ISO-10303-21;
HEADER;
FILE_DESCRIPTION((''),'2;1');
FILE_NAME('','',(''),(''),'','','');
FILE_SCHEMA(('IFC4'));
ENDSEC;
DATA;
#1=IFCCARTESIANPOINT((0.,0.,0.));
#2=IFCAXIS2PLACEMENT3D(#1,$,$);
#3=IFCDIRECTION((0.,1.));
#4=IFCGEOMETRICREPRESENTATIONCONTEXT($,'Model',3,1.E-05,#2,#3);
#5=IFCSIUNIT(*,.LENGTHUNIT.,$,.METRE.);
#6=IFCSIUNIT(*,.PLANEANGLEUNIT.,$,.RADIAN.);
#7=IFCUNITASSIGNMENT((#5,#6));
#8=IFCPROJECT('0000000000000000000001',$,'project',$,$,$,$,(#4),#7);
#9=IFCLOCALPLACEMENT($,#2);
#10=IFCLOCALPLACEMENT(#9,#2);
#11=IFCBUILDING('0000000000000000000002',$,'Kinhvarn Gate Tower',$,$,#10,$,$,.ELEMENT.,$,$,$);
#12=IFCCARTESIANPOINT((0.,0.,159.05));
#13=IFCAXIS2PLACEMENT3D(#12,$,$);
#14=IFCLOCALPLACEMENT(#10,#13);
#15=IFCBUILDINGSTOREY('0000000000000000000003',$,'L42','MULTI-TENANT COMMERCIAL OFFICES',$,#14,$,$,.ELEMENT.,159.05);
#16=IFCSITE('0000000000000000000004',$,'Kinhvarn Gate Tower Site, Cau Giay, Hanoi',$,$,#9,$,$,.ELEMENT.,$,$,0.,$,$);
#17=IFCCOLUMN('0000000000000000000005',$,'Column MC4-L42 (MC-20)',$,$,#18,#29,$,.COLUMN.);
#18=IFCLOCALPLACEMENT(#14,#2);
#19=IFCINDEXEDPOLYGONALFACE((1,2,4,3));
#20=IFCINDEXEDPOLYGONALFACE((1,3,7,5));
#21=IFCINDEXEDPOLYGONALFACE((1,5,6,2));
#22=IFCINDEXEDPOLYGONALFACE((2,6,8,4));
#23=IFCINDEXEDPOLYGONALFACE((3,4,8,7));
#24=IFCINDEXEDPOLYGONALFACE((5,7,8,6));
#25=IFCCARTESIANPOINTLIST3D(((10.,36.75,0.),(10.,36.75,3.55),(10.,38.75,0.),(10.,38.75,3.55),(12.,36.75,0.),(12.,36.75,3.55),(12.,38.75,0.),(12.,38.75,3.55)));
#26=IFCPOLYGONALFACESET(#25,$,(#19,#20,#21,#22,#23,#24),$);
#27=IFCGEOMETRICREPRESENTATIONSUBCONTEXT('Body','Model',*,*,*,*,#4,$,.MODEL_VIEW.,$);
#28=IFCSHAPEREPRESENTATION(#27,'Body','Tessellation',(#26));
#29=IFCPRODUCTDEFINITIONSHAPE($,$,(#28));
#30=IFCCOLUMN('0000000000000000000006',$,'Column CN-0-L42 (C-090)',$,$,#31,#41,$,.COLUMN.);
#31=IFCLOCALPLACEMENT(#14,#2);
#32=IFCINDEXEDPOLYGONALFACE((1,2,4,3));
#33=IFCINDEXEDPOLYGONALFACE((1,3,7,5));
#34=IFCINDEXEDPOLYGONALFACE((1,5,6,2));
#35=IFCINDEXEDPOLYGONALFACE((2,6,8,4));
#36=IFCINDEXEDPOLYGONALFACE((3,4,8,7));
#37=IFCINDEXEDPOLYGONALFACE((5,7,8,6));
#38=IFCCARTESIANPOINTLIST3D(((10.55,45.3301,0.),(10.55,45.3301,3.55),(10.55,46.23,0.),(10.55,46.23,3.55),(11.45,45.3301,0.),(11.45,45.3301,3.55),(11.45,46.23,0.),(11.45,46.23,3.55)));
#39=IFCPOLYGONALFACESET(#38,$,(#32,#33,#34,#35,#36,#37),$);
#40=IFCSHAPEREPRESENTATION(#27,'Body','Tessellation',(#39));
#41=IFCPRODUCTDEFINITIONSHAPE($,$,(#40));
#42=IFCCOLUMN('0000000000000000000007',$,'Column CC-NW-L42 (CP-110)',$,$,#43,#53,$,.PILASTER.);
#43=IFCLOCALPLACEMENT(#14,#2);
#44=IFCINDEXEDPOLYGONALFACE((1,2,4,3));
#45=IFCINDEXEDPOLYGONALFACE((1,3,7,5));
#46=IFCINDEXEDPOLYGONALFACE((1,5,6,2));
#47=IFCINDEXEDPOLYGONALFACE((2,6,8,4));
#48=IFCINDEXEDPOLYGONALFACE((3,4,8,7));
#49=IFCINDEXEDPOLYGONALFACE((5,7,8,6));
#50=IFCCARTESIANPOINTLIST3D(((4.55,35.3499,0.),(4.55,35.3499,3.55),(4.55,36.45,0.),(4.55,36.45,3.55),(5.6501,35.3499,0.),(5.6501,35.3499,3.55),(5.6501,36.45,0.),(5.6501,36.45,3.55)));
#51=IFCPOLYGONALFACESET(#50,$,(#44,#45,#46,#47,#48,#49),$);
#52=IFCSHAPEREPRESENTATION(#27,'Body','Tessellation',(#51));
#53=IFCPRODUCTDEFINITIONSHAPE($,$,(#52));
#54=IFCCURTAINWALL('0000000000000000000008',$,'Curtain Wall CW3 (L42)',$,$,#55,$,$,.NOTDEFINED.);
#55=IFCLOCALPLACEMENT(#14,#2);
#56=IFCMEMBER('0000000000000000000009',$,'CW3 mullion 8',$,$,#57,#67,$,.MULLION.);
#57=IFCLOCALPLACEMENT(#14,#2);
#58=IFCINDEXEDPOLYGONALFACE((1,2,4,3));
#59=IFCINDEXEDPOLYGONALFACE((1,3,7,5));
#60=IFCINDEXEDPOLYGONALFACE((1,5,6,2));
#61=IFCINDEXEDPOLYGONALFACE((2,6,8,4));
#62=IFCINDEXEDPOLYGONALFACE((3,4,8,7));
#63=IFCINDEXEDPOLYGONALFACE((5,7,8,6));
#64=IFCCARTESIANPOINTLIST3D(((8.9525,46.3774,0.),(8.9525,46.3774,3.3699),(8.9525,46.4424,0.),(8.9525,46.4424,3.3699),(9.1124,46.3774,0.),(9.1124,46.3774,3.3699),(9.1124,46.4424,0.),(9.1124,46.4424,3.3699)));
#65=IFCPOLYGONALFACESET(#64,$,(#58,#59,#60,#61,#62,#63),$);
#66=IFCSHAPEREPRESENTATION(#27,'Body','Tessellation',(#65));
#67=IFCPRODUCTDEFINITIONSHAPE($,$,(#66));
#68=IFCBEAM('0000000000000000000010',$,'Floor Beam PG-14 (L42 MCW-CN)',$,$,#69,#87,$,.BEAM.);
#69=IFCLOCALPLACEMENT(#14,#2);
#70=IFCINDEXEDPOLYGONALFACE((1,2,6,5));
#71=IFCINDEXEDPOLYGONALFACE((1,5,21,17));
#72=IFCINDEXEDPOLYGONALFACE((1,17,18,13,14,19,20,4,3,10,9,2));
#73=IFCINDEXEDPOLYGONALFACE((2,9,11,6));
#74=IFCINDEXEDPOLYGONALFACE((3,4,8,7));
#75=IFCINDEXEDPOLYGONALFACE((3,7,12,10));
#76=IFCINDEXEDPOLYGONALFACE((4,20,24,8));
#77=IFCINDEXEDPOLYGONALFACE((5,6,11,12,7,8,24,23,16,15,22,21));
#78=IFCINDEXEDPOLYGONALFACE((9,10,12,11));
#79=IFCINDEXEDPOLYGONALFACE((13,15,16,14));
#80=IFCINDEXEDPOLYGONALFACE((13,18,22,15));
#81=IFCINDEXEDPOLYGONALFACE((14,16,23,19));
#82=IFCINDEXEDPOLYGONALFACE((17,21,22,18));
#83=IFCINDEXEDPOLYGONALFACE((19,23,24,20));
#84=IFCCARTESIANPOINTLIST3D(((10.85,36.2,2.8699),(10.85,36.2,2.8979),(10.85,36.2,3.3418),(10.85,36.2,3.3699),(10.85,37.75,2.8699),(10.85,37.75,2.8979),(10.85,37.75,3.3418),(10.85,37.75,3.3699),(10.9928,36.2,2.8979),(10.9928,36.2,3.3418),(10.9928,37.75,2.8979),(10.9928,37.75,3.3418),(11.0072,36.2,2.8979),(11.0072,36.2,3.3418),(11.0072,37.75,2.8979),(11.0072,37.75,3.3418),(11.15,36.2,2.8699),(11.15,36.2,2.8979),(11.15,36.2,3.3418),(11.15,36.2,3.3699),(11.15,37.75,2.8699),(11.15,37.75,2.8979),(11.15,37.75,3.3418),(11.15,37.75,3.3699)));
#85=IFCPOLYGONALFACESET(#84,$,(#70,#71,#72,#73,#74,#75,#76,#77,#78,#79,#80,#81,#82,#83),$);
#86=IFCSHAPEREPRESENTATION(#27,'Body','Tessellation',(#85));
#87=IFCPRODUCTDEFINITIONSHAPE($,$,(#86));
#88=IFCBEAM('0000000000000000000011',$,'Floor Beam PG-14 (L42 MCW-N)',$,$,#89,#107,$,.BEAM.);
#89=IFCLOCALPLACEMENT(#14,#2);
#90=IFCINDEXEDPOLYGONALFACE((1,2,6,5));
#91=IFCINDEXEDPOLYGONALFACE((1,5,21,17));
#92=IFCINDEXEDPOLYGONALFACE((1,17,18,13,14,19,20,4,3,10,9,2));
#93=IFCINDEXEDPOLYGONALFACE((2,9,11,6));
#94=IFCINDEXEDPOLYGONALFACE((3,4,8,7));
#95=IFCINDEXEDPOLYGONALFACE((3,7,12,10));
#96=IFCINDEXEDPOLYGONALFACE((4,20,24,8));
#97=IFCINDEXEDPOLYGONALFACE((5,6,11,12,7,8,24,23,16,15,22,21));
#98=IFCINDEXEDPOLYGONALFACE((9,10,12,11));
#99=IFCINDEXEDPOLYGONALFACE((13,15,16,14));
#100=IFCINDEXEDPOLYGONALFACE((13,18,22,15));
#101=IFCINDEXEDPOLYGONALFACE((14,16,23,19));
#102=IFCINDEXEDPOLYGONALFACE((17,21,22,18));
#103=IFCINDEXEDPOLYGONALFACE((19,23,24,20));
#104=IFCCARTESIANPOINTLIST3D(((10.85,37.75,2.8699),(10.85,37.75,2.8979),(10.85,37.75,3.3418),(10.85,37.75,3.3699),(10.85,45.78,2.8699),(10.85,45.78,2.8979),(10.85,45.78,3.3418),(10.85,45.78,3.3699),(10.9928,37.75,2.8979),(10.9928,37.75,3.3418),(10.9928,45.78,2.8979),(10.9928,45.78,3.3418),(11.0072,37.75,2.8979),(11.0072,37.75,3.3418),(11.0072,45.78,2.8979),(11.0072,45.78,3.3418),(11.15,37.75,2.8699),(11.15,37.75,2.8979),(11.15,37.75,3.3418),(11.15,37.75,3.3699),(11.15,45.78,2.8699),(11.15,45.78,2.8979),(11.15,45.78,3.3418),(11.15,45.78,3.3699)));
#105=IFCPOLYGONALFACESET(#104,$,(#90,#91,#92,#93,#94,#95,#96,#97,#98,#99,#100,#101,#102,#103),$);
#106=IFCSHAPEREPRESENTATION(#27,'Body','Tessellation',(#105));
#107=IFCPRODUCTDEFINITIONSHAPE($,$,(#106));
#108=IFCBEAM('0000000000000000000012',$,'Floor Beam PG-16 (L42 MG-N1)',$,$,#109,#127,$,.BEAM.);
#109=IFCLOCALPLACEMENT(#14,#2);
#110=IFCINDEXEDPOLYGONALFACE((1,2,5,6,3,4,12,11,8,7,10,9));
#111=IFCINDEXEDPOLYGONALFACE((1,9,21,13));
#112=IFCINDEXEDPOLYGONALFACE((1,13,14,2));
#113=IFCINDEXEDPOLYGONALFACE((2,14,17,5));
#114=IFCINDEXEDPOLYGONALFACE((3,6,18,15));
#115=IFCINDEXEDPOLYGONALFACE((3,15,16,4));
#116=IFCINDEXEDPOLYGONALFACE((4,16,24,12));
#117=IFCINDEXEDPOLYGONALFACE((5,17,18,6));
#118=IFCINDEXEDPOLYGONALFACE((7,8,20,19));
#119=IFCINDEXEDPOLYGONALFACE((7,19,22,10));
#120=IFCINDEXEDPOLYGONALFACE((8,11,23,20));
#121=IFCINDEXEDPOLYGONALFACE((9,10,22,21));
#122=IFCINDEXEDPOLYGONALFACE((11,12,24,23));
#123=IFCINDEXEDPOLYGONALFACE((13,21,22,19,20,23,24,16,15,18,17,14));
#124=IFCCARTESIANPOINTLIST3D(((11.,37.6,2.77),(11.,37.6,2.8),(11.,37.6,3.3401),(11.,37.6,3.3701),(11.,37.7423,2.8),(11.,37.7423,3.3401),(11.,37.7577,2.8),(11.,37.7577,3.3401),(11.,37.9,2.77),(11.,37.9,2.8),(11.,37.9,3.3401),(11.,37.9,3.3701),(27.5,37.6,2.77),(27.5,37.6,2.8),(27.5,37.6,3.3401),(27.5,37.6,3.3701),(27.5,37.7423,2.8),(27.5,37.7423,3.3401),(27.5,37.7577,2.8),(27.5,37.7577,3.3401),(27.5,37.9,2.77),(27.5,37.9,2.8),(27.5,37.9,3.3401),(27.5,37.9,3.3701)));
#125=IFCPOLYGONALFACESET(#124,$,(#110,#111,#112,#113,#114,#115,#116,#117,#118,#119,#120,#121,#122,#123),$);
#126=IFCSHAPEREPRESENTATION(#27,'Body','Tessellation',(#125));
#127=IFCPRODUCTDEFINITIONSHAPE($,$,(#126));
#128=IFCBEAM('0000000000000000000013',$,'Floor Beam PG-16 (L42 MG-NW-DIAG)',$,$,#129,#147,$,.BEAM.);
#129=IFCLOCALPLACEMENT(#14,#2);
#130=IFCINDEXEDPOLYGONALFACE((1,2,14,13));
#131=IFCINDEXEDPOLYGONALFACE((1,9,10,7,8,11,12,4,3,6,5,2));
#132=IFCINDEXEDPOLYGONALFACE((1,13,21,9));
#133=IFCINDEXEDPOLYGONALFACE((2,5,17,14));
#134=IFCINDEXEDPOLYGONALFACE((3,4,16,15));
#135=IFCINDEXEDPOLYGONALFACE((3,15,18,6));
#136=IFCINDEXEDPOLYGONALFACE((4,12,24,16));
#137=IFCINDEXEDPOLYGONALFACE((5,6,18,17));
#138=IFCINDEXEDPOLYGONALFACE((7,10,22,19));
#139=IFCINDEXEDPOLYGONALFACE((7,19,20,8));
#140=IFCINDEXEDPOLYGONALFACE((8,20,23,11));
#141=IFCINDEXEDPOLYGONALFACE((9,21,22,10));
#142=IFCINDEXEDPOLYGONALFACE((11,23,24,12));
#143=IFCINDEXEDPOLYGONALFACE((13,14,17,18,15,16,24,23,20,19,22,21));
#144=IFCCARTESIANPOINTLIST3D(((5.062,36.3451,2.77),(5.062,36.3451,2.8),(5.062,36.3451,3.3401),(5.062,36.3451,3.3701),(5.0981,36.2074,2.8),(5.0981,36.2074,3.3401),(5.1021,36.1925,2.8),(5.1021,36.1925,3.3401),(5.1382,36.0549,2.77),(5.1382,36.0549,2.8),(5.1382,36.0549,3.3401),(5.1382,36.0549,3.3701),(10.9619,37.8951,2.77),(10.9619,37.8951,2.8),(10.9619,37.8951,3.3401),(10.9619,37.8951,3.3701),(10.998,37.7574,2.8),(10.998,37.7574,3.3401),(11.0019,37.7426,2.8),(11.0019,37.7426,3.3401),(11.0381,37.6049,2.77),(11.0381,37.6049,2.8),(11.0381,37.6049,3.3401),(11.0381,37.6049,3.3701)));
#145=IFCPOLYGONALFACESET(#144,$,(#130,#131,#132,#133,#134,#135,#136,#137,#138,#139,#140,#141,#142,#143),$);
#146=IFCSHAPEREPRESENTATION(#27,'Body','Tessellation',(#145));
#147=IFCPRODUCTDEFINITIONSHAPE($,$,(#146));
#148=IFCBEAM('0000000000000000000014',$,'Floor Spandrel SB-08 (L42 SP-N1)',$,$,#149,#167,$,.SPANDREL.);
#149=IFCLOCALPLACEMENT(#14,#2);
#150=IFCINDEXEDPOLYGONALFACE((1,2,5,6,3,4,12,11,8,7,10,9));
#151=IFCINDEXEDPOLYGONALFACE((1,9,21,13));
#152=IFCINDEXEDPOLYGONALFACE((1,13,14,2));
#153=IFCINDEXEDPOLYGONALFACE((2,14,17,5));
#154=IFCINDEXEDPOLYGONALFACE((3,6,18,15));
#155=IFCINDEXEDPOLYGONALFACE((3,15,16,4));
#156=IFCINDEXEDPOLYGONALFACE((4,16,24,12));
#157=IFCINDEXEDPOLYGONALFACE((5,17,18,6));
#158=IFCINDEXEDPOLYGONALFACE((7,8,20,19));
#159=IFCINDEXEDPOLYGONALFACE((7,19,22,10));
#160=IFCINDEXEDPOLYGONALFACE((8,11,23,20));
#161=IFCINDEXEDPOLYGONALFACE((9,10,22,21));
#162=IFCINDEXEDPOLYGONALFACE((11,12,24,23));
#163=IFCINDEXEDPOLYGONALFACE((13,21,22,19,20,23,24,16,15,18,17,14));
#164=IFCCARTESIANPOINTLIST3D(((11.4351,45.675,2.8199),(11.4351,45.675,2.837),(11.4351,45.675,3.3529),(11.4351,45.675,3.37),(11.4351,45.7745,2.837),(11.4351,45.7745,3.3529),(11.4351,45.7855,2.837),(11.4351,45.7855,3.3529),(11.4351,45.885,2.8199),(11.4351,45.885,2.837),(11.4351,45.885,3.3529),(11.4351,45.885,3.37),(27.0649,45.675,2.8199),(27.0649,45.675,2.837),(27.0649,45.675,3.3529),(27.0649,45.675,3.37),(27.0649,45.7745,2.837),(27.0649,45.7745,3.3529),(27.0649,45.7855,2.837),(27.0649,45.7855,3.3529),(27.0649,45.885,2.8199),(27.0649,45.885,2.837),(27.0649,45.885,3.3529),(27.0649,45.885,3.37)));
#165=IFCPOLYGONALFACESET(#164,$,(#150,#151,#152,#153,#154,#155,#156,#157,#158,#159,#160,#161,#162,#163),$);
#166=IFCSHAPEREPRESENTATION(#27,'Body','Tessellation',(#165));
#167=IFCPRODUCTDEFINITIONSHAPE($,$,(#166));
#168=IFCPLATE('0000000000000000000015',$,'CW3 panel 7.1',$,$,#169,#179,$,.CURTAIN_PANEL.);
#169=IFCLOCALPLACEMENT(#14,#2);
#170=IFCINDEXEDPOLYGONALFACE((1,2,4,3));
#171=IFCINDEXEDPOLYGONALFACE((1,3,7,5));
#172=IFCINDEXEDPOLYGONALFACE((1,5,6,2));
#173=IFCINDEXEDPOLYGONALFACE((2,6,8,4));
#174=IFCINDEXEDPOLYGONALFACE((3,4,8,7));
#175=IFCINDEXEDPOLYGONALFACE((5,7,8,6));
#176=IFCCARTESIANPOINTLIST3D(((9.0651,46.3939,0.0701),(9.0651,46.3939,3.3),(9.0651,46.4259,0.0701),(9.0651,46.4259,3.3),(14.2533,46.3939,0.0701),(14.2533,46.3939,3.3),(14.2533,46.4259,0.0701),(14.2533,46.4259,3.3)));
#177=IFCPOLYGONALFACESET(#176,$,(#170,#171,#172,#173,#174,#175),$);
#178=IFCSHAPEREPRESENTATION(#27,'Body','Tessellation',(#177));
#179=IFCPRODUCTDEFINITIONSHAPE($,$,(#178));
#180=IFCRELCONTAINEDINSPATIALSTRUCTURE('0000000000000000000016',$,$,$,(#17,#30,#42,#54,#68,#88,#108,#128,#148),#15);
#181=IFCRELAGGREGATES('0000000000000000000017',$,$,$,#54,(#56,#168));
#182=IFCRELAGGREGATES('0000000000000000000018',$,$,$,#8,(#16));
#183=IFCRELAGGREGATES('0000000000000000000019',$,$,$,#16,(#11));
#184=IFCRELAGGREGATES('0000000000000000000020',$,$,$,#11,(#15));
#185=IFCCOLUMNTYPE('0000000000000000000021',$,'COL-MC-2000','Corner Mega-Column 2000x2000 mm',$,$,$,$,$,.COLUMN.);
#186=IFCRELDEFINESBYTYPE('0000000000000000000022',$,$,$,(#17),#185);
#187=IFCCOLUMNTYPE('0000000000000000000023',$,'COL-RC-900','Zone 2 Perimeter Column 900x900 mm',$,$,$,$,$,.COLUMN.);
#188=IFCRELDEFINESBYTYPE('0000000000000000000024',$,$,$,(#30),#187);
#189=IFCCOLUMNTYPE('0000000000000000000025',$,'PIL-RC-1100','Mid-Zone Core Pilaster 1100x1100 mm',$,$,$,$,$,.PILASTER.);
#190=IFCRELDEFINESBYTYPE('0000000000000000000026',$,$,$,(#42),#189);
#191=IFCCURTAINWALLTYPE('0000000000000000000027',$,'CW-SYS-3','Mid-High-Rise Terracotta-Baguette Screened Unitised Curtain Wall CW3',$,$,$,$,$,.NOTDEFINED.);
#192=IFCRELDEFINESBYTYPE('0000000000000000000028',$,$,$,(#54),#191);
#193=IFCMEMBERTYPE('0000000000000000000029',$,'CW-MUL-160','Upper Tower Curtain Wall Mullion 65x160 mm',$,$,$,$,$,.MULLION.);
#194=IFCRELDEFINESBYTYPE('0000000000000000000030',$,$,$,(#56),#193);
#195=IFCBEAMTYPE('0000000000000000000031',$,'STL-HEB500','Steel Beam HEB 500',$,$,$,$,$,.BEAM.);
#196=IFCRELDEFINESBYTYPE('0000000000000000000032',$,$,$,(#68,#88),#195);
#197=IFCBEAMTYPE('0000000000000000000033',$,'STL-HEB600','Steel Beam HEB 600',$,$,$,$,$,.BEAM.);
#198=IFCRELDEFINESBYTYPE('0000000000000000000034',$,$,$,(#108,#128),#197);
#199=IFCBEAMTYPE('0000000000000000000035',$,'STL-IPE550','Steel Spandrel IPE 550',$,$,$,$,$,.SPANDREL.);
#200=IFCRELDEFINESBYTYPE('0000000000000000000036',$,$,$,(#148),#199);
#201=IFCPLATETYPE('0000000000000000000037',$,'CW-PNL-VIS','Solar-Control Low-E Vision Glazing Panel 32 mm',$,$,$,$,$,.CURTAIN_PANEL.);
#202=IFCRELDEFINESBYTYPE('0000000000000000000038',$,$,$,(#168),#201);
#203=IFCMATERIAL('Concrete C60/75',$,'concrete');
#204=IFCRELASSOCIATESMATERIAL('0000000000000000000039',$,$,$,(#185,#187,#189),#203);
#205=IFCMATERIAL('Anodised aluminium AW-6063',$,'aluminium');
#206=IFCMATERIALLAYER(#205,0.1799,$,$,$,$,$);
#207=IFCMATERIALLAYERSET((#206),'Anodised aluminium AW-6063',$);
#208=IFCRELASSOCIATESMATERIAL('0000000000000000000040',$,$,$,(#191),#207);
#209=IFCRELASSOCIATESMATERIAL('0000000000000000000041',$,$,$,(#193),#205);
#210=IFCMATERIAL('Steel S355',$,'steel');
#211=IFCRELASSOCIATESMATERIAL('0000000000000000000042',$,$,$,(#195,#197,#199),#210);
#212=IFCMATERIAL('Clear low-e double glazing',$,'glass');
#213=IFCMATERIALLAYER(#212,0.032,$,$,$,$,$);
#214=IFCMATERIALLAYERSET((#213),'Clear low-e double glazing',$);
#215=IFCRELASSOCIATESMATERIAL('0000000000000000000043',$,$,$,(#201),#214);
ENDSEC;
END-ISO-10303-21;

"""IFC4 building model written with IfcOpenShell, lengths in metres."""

from ifc_helpers import new_model, si_unit, direction, frame, origin, origin_2d, place, context, subcontext, project, spatial, rectangle, i_section, extrude, material, layer, layer_set, material_profile, profile_set, type_object, element, aggregate, save


model = new_model("IFC4")

# Units and contexts
model_context = context("Model", 3, precision=1e-05, world=origin(), true_north=direction((0.0, 1.0)))
body_context = subcontext(model_context, "Body", "Model", "MODEL_VIEW")
ifc_project = project(units=[si_unit("LENGTHUNIT", "METRE"), si_unit("PLANEANGLEUNIT", "RADIAN")], contexts=[model_context])

# Site, building, storey
site_placement = place(None, origin())
site = spatial("IfcSite", under=ifc_project, at=site_placement, Name="Kinhvarn Gate Tower Site, Cau Giay, Hanoi", CompositionType="ELEMENT", RefElevation=0.0)
building_placement = place(site_placement, origin())
building = spatial("IfcBuilding", under=site, at=building_placement, Name="Kinhvarn Gate Tower", CompositionType="ELEMENT")
storey_placement = place(building_placement, frame((0.0, 0.0, 159.05)))
storey = spatial("IfcBuildingStorey", under=building, at=storey_placement, Name="L42", Description="MULTI-TENANT COMMERCIAL OFFICES", CompositionType="ELEMENT", Elevation=159.05)

# Columns
ifc_material_1 = material(Name="Concrete C60/75", Category="concrete")
ifc_material_profile_1 = material_profile(ifc_material_1, rectangle(XDim=2.0, YDim=2.0, at=origin_2d()), Name="RC 2000x2000")
ifc_profile_set_1 = profile_set([ifc_material_profile_1], Name="Concrete C60/75")
column_type_1 = type_object("IfcColumnType", Name="COL-MC-2000", Description="Corner Mega-Column 2000x2000 mm", PredefinedType="COLUMN", material=ifc_profile_set_1)
column_1_placement = place(storey_placement, frame((11.0, 37.75, 0.0), z_axis=(0.0, 0.0, 1.0), x_axis=(1.0, 0.0, 0.0)))
element("IfcColumn", 1, at=column_1_placement, inside=storey, type_object=column_type_1, Name="Column MC4-L42 (MC-20)", PredefinedType="COLUMN", context=body_context, shape_type="SweptSolid", body=[
    extrude(rectangle(XDim=2.0, YDim=2.0, at=origin_2d()), origin(), (0.0, 0.0, 1.0), 3.55),
])
ifc_material_profile_2 = material_profile(ifc_material_1, rectangle(XDim=0.8999, YDim=0.8999, at=origin_2d()), Name="RC 900x900")
ifc_profile_set_2 = profile_set([ifc_material_profile_2], Name="Concrete C60/75")
column_type_2 = type_object("IfcColumnType", Name="COL-RC-900", Description="Zone 2 Perimeter Column 900x900 mm", PredefinedType="COLUMN", material=ifc_profile_set_2)
column_2_placement = place(storey_placement, frame((11.0, 45.78, 0.0), z_axis=(0.0, 0.0, 1.0), x_axis=(1.0, 0.0, 0.0)))
element("IfcColumn", 2, at=column_2_placement, inside=storey, type_object=column_type_2, Name="Column CN-0-L42 (C-090)", PredefinedType="COLUMN", context=body_context, shape_type="SweptSolid", body=[
    extrude(rectangle(XDim=0.8999, YDim=0.8999, at=origin_2d()), origin(), (0.0, 0.0, 1.0), 3.55),
])
ifc_material_profile_3 = material_profile(ifc_material_1, rectangle(XDim=1.1001, YDim=1.1001, at=origin_2d()), Name="RC 1100x1100")
ifc_profile_set_3 = profile_set([ifc_material_profile_3], Name="Concrete C60/75")
column_type_3 = type_object("IfcColumnType", Name="PIL-RC-1100", Description="Mid-Zone Core Pilaster 1100x1100 mm", PredefinedType="PILASTER", material=ifc_profile_set_3)
column_3_placement = place(storey_placement, frame((5.1001, 35.8999, 0.0), z_axis=(0.0, 0.0, 1.0), x_axis=(1.0, 0.0, 0.0)))
element("IfcColumn", 3, at=column_3_placement, inside=storey, type_object=column_type_3, Name="Column CC-NW-L42 (CP-110)", PredefinedType="PILASTER", context=body_context, shape_type="SweptSolid", body=[
    extrude(rectangle(XDim=1.1001, YDim=1.1001, at=origin_2d()), origin(), (0.0, 0.0, 1.0), 3.55),
])

# Curtain wall, member
ifc_material_2 = material(Name="Anodised aluminium AW-6063", Category="aluminium")
ifc_layer_1 = layer(ifc_material_2, 0.1799)
ifc_layer_set_1 = layer_set([ifc_layer_1], Name="Anodised aluminium AW-6063")
curtain_wall_type = type_object("IfcCurtainWallType", Name="CW-SYS-3", Description="Mid-High-Rise Terracotta-Baguette Screened Unitised Curtain Wall CW3", PredefinedType="NOTDEFINED", material=ifc_layer_set_1)
curtain_wall_placement = place(storey_placement, origin())
curtain_wall = element("IfcCurtainWall", 4, at=curtain_wall_placement, inside=storey, type_object=curtain_wall_type, Name="Curtain Wall CW3 (L42)", PredefinedType="NOTDEFINED")
ifc_material_profile_4 = material_profile(ifc_material_2, rectangle(XDim=0.0649, YDim=0.1599, at=origin_2d()), Name="ALU 65x160")
ifc_profile_set_4 = profile_set([ifc_material_profile_4], Name="Anodised aluminium AW-6063")
member_type = type_object("IfcMemberType", Name="CW-MUL-160", Description="Upper Tower Curtain Wall Mullion 65x160 mm", PredefinedType="MULLION", material=ifc_profile_set_4)
member_placement = place(storey_placement, frame((9.0325, 46.4099, 0.0), z_axis=(0.0, 0.0, 1.0), x_axis=(0.0, -1.0, 0.0)))
member = element("IfcMember", 5, at=member_placement, type_object=member_type, Name="CW3 mullion 8", PredefinedType="MULLION", context=body_context, shape_type="SweptSolid", body=[
    extrude(rectangle(XDim=0.0649, YDim=0.1599, at=origin_2d()), origin(), (0.0, 0.0, 1.0), 3.3699),
])

# Beams
ifc_material_3 = material(Name="Steel S355", Category="steel")
ifc_material_profile_5 = material_profile(ifc_material_3, i_section(OverallWidth=0.3, OverallDepth=0.5, WebThickness=0.0144, FlangeThickness=0.0281, at=origin_2d()), Name="HEB 500")
ifc_profile_set_5 = profile_set([ifc_material_profile_5], Name="Steel S355")
beam_type_1 = type_object("IfcBeamType", Name="STL-HEB500", Description="Steel Beam HEB 500", PredefinedType="BEAM", material=ifc_profile_set_5)
beam_1_placement = place(storey_placement, frame((11.0, 36.2, 3.1199), z_axis=(0.0, 1.0, 0.0), x_axis=(-1.0, 0.0, 0.0)))
element("IfcBeam", 6, at=beam_1_placement, inside=storey, type_object=beam_type_1, Name="Floor Beam PG-14 (L42 MCW-CN)", PredefinedType="BEAM", context=body_context, shape_type="SweptSolid", body=[
    extrude(i_section(OverallWidth=0.3, OverallDepth=0.5, WebThickness=0.0144, FlangeThickness=0.0281, at=origin_2d()), origin(), (0.0, 0.0, 1.0), 1.55),
])
beam_2_placement = place(storey_placement, frame((11.0, 37.75, 3.1199), z_axis=(0.0, 1.0, 0.0), x_axis=(-1.0, 0.0, 0.0)))
element("IfcBeam", 7, at=beam_2_placement, inside=storey, type_object=beam_type_1, Name="Floor Beam PG-14 (L42 MCW-N)", PredefinedType="BEAM", context=body_context, shape_type="SweptSolid", body=[
    extrude(i_section(OverallWidth=0.3, OverallDepth=0.5, WebThickness=0.0144, FlangeThickness=0.0281, at=origin_2d()), origin(), (0.0, 0.0, 1.0), 8.03),
])
ifc_material_profile_6 = material_profile(ifc_material_3, i_section(OverallWidth=0.3, OverallDepth=0.6001, WebThickness=0.0154, FlangeThickness=0.03, at=origin_2d()), Name="HEB 600")
ifc_profile_set_6 = profile_set([ifc_material_profile_6], Name="Steel S355")
beam_type_2 = type_object("IfcBeamType", Name="STL-HEB600", Description="Steel Beam HEB 600", PredefinedType="BEAM", material=ifc_profile_set_6)
beam_3_placement = place(storey_placement, frame((11.0, 37.75, 3.0701), z_axis=(1.0, 0.0, 0.0), x_axis=(0.0, 1.0, 0.0)))
element("IfcBeam", 8, at=beam_3_placement, inside=storey, type_object=beam_type_2, Name="Floor Beam PG-16 (L42 MG-N1)", PredefinedType="BEAM", context=body_context, shape_type="SweptSolid", body=[
    extrude(i_section(OverallWidth=0.3, OverallDepth=0.6001, WebThickness=0.0154, FlangeThickness=0.03, at=origin_2d()), origin(), (0.0, 0.0, 1.0), 16.5),
])
beam_4_placement = place(storey_placement, frame((5.1001, 36.2, 3.0701), z_axis=(0.967178, 0.254101, 0.0), x_axis=(-0.254101, 0.967178, 0.0)))
element("IfcBeam", 9, at=beam_4_placement, inside=storey, type_object=beam_type_2, Name="Floor Beam PG-16 (L42 MG-NW-DIAG)", PredefinedType="BEAM", context=body_context, shape_type="SweptSolid", body=[
    extrude(i_section(OverallWidth=0.3, OverallDepth=0.6001, WebThickness=0.0154, FlangeThickness=0.03, at=origin_2d()), origin(), (0.0, 0.0, 1.0), 6.1001),
])
ifc_material_profile_7 = material_profile(ifc_material_3, i_section(OverallWidth=0.21, OverallDepth=0.55, WebThickness=0.011, FlangeThickness=0.0171, at=origin_2d()), Name="IPE 550")
ifc_profile_set_7 = profile_set([ifc_material_profile_7], Name="Steel S355")
beam_type_3 = type_object("IfcBeamType", Name="STL-IPE550", Description="Steel Spandrel IPE 550", PredefinedType="SPANDREL", material=ifc_profile_set_7)
beam_5_placement = place(storey_placement, frame((11.4351, 45.78, 3.095), z_axis=(1.0, 0.0, 0.0), x_axis=(0.0, 1.0, 0.0)))
element("IfcBeam", 10, at=beam_5_placement, inside=storey, type_object=beam_type_3, Name="Floor Spandrel SB-08 (L42 SP-N1)", PredefinedType="SPANDREL", context=body_context, shape_type="SweptSolid", body=[
    extrude(i_section(OverallWidth=0.21, OverallDepth=0.55, WebThickness=0.011, FlangeThickness=0.0171, at=origin_2d()), origin(), (0.0, 0.0, 1.0), 15.6299),
])

# Plate
ifc_material_4 = material(Name="Clear low-e double glazing", Category="glass")
ifc_layer_2 = layer(ifc_material_4, 0.032)
ifc_layer_set_2 = layer_set([ifc_layer_2], Name="Clear low-e double glazing")
plate_type = type_object("IfcPlateType", Name="CW-PNL-VIS", Description="Solar-Control Low-E Vision Glazing Panel 32 mm", PredefinedType="CURTAIN_PANEL", material=ifc_layer_set_2)
plate_placement = place(storey_placement, frame((11.6592, 46.4099, 0.0701), z_axis=(0.0, 0.0, 1.0), x_axis=(-1.0, 0.0, 0.0)))
plate = element("IfcPlate", 11, at=plate_placement, type_object=plate_type, Name="CW3 panel 7.1", PredefinedType="CURTAIN_PANEL", context=body_context, shape_type="SweptSolid", body=[
    extrude(rectangle(XDim=5.1882, YDim=0.032, at=origin_2d()), origin(), (0.0, 0.0, 1.0), 3.23),
])
aggregate(curtain_wall, [member, plate])

save(model, "model.ifc")
